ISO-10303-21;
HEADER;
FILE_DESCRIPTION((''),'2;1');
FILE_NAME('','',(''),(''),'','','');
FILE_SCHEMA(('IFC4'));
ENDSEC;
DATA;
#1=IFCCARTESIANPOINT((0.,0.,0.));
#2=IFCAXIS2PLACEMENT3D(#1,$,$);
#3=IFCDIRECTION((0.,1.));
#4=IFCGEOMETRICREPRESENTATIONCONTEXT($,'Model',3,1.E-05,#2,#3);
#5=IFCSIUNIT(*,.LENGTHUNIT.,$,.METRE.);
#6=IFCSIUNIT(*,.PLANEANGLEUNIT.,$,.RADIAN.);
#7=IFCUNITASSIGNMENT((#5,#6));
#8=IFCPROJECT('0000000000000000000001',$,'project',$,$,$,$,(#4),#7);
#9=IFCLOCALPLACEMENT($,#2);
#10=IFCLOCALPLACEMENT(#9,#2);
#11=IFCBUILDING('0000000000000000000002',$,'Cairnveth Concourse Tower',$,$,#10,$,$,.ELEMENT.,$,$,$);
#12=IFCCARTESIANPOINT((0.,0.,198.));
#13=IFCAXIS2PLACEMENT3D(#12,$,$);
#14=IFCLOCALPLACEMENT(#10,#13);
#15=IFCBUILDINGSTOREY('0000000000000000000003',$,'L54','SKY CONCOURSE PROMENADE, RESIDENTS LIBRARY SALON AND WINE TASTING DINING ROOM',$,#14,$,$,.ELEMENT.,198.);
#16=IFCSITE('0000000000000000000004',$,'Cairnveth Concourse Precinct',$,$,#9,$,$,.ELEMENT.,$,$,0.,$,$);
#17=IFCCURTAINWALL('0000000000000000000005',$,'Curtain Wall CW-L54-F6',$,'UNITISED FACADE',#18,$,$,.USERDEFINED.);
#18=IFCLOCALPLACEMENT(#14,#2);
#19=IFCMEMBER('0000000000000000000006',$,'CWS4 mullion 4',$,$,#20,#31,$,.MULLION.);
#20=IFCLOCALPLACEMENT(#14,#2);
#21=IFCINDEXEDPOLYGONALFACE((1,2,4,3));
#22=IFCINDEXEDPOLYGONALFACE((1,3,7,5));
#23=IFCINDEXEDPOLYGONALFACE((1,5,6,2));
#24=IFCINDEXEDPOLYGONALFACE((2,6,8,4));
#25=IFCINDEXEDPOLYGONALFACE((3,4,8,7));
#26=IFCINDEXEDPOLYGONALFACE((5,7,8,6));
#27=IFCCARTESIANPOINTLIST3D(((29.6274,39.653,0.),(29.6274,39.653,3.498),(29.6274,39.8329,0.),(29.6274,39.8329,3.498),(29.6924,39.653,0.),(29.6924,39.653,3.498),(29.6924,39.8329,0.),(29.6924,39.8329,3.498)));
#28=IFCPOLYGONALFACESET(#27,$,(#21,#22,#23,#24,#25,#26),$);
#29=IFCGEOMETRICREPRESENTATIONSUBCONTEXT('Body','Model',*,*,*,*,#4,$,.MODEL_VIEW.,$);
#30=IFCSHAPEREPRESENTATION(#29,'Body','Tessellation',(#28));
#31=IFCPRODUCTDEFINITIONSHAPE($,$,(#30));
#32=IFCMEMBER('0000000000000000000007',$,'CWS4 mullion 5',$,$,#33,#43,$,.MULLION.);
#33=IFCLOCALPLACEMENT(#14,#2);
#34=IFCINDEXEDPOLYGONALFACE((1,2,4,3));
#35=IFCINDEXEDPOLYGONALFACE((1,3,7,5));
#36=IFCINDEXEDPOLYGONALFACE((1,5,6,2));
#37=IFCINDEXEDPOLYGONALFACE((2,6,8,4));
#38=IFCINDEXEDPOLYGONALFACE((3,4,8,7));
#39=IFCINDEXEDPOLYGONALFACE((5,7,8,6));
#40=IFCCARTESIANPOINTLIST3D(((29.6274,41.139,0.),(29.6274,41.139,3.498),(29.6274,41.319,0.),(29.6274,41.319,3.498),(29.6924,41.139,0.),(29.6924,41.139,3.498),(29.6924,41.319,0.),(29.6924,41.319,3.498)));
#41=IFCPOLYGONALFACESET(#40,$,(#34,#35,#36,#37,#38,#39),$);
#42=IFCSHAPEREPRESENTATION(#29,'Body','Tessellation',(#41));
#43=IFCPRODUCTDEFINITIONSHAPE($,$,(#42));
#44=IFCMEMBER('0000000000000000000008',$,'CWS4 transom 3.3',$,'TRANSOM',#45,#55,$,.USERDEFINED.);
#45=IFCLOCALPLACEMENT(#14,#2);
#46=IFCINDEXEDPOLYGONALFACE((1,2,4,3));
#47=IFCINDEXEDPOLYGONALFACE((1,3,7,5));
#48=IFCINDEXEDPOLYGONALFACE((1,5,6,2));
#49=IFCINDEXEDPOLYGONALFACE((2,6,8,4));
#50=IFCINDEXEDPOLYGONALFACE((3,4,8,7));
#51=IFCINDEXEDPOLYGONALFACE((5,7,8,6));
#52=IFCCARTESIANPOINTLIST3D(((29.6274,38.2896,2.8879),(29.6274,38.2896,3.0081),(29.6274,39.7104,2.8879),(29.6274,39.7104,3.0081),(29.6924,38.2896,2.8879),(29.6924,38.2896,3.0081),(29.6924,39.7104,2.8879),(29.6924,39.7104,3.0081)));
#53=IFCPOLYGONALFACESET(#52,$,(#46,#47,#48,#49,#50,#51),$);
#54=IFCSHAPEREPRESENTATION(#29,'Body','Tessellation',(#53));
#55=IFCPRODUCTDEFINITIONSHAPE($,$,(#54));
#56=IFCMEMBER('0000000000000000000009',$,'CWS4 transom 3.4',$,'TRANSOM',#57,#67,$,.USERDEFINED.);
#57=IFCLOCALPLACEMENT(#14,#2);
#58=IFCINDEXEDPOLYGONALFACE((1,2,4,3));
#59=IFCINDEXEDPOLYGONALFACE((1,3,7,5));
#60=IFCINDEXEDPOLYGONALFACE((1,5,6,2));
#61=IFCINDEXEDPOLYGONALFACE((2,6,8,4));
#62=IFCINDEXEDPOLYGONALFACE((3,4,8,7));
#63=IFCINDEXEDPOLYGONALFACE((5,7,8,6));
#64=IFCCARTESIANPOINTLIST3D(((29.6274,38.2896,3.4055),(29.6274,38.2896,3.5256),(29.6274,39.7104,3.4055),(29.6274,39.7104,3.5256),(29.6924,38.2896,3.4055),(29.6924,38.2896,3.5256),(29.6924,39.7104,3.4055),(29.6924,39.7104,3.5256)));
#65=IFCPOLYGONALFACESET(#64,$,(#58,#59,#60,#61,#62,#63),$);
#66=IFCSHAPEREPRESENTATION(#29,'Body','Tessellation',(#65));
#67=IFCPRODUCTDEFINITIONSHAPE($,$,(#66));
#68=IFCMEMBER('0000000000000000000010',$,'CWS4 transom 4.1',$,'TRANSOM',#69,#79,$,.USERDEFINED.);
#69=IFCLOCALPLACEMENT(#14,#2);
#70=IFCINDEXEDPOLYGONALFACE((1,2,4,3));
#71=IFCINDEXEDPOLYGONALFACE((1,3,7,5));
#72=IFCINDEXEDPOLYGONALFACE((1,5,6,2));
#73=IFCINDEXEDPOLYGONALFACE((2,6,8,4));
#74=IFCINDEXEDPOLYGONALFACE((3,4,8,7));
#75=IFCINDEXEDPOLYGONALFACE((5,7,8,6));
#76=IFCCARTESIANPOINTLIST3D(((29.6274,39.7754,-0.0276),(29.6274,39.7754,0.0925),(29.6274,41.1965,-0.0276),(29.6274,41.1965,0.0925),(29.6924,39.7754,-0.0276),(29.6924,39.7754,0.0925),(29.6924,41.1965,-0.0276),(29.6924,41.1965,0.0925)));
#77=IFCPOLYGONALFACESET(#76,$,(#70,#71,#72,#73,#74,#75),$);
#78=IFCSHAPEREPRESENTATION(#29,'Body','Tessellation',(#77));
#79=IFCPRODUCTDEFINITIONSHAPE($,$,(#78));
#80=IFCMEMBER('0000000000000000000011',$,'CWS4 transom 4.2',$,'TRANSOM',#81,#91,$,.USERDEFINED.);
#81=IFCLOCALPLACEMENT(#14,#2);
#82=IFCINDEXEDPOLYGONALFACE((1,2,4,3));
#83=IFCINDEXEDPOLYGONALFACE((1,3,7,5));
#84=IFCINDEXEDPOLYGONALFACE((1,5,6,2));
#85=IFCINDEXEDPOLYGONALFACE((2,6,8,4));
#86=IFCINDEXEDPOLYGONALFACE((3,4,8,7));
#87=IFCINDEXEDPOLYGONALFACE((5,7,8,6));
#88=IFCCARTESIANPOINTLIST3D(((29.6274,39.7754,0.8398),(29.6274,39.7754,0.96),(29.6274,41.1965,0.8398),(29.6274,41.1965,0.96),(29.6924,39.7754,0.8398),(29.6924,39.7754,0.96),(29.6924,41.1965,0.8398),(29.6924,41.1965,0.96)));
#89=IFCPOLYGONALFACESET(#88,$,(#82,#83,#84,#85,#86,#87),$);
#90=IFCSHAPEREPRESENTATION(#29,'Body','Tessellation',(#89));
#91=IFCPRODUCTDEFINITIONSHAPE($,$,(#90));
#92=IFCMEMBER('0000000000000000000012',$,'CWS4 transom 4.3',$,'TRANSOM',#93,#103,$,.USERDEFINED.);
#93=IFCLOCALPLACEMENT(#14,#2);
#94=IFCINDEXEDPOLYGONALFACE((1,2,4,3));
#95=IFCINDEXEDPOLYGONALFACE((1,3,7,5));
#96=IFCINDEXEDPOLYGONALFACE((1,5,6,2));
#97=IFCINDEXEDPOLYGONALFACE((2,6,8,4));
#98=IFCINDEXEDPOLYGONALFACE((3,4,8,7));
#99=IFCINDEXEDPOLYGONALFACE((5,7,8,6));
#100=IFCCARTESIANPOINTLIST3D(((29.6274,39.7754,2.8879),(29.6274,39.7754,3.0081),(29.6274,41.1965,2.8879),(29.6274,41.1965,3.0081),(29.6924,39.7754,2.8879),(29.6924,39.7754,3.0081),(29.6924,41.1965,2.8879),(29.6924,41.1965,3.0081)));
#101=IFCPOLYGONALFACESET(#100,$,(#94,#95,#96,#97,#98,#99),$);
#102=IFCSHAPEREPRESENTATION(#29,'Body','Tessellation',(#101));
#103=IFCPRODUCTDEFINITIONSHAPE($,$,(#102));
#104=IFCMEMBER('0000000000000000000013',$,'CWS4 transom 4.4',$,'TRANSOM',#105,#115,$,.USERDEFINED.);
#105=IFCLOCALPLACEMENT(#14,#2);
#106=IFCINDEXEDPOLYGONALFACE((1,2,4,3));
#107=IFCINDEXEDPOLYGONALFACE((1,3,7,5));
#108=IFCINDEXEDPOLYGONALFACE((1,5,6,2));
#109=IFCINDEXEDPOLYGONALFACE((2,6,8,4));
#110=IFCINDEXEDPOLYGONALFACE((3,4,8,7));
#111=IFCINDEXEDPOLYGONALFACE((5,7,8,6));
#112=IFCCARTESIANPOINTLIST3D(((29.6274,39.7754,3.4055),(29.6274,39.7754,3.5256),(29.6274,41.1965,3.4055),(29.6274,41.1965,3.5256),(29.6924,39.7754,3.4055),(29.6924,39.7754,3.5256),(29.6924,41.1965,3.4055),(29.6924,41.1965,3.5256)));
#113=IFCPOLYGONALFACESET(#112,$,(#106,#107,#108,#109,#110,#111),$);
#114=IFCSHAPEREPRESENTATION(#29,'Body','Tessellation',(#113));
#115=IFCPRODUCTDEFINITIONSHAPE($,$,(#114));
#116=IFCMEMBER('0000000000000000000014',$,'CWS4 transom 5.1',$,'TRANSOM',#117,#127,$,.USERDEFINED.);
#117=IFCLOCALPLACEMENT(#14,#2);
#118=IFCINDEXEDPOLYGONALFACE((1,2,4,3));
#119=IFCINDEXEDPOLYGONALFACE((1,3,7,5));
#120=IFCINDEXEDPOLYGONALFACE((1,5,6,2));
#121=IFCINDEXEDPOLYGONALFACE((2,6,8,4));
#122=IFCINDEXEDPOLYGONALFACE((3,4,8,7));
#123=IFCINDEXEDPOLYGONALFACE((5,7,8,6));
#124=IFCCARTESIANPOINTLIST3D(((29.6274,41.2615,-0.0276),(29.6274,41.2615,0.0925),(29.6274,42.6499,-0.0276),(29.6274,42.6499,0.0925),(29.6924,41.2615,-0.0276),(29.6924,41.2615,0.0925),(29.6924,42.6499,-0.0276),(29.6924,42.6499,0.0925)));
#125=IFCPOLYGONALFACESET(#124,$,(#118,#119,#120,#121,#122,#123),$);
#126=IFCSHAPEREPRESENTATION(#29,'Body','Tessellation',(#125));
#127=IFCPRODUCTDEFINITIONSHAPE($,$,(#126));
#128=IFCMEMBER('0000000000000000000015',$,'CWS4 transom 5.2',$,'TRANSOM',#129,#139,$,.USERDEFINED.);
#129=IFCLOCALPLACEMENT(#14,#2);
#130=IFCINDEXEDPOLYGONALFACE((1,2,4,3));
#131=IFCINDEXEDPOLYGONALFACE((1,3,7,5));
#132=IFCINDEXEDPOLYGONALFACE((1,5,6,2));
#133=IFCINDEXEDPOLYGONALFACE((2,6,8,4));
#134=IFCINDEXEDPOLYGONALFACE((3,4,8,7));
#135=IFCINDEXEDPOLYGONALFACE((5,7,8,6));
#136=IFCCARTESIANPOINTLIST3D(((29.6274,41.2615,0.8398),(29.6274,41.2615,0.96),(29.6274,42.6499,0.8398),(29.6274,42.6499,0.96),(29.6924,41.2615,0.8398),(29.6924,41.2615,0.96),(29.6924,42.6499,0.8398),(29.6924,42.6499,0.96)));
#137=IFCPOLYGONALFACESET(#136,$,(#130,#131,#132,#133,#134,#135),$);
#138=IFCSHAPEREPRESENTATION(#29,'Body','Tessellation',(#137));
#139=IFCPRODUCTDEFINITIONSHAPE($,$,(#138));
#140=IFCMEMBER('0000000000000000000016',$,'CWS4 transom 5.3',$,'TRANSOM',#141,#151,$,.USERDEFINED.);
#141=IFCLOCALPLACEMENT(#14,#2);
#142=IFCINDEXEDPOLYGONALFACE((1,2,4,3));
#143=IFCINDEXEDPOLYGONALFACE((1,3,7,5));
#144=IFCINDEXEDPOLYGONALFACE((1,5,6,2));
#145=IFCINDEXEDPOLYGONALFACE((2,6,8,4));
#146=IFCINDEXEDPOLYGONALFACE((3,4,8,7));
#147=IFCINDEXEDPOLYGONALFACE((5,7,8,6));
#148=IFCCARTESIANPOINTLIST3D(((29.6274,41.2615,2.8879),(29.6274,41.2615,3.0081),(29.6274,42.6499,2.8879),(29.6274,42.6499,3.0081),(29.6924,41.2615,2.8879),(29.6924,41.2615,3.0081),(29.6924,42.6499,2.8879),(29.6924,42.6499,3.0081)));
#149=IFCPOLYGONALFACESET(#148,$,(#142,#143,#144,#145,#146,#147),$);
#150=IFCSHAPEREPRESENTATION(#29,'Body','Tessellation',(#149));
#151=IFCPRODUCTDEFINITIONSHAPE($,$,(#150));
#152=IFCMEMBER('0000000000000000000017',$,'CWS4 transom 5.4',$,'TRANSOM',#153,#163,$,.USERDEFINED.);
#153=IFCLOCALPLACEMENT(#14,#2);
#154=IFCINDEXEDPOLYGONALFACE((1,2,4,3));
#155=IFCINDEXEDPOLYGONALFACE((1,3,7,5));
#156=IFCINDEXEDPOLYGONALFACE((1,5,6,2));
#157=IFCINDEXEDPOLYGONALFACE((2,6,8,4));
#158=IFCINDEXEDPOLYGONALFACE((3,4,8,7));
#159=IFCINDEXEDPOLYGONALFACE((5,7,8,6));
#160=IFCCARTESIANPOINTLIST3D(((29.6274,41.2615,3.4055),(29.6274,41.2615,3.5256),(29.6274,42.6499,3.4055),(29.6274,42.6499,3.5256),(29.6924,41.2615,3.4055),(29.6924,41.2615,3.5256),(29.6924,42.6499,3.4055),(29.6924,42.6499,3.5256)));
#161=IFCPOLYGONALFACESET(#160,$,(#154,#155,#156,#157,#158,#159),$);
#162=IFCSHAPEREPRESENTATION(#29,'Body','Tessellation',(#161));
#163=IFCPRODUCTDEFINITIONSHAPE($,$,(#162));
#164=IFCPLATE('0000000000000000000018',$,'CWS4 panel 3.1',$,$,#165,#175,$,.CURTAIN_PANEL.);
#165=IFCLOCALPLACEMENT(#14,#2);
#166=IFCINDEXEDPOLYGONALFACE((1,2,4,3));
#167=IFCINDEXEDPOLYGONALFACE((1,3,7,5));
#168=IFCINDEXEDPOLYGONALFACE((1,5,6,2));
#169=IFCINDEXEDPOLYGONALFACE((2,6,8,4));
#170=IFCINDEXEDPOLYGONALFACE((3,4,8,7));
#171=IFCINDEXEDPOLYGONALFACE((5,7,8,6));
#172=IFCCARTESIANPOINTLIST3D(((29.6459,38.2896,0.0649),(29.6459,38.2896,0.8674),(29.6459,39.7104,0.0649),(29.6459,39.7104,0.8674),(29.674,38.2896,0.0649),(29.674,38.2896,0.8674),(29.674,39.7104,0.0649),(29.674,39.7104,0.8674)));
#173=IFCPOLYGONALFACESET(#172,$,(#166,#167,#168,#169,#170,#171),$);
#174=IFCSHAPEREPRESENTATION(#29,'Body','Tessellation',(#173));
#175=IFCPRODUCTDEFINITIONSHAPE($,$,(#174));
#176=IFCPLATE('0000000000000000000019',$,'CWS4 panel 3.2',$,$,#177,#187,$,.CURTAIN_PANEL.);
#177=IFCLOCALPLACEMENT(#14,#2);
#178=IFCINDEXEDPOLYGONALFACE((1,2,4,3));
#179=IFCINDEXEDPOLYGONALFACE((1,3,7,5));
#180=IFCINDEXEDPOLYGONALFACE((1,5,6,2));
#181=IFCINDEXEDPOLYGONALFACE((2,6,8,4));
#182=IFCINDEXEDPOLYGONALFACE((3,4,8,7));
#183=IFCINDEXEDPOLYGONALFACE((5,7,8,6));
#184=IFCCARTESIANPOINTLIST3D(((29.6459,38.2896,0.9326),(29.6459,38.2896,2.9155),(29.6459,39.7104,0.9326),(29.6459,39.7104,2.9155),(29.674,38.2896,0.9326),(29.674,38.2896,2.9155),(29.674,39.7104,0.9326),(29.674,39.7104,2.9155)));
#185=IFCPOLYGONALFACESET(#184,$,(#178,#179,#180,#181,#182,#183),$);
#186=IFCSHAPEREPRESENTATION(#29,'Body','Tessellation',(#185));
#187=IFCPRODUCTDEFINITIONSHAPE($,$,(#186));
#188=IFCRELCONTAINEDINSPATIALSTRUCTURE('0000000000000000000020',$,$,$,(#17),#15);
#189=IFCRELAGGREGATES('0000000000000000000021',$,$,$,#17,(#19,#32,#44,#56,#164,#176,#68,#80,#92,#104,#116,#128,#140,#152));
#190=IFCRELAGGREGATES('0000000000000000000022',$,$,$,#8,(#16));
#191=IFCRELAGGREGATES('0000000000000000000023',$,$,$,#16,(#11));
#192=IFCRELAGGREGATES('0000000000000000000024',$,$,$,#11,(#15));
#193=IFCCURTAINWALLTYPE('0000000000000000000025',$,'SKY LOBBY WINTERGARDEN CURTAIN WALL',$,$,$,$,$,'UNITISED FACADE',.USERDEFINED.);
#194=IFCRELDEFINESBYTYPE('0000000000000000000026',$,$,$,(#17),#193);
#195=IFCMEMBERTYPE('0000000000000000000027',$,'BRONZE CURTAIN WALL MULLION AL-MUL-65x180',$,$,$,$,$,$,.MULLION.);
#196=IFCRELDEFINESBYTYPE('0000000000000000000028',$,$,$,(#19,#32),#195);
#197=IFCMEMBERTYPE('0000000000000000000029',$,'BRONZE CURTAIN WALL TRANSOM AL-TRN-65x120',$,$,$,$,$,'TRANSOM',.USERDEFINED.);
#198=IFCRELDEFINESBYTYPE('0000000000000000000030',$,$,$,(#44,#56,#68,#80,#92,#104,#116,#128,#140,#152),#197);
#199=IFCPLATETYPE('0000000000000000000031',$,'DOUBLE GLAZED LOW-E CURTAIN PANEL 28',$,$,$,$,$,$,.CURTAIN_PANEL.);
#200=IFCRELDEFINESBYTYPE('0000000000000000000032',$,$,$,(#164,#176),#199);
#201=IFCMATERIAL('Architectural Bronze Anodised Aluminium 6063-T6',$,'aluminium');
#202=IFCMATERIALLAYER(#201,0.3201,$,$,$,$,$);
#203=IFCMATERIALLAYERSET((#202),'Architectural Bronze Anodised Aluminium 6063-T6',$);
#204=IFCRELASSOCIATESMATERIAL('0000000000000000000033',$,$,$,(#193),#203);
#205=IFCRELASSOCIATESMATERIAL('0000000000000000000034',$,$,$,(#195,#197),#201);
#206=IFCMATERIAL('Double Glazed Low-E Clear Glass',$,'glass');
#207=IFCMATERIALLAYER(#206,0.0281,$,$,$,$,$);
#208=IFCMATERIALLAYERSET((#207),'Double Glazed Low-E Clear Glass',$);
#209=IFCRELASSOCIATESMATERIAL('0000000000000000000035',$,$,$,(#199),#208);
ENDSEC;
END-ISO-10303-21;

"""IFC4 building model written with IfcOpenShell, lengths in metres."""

from ifc_helpers import new_model, si_unit, direction, frame, origin, origin_2d, place, context, subcontext, project, spatial, rectangle, extrude, material, layer, layer_set, material_profile, profile_set, type_object, element, aggregate, save


model = new_model("IFC4")

# Units and contexts
model_context = context("Model", 3, precision=1e-05, world=origin(), true_north=direction((0.0, 1.0)))
body_context = subcontext(model_context, "Body", "Model", "MODEL_VIEW")
ifc_project = project(units=[si_unit("LENGTHUNIT", "METRE"), si_unit("PLANEANGLEUNIT", "RADIAN")], contexts=[model_context])

# Site, building, storey
site_placement = place(None, origin())
site = spatial("IfcSite", under=ifc_project, at=site_placement, Name="Cairnveth Concourse Precinct", CompositionType="ELEMENT", RefElevation=0.0)
building_placement = place(site_placement, origin())
building = spatial("IfcBuilding", under=site, at=building_placement, Name="Cairnveth Concourse Tower", CompositionType="ELEMENT")
storey_placement = place(building_placement, frame((0.0, 0.0, 198.0)))
storey = spatial("IfcBuildingStorey", under=building, at=storey_placement, Name="L54", Description="SKY CONCOURSE PROMENADE, RESIDENTS LIBRARY SALON AND WINE TASTING DINING ROOM", CompositionType="ELEMENT", Elevation=198.0)

# Curtain wall, members, plates
ifc_material_1 = material(Name="Architectural Bronze Anodised Aluminium 6063-T6", Category="aluminium")
ifc_layer_1 = layer(ifc_material_1, 0.3201)
ifc_layer_set_1 = layer_set([ifc_layer_1], Name="Architectural Bronze Anodised Aluminium 6063-T6")
curtain_wall_type = type_object("IfcCurtainWallType", Name="SKY LOBBY WINTERGARDEN CURTAIN WALL", ElementType="UNITISED FACADE", PredefinedType="USERDEFINED", material=ifc_layer_set_1)
curtain_wall_placement = place(storey_placement, origin())
curtain_wall = element("IfcCurtainWall", 1, at=curtain_wall_placement, inside=storey, type_object=curtain_wall_type, Name="Curtain Wall CW-L54-F6", ObjectType="UNITISED FACADE", PredefinedType="USERDEFINED")
ifc_material_profile_1 = material_profile(ifc_material_1, rectangle(XDim=0.0649, YDim=0.1799, at=origin_2d()), Name="AL-MUL-65x180")
ifc_profile_set_1 = profile_set([ifc_material_profile_1], Name="Architectural Bronze Anodised Aluminium 6063-T6")
member_type_1 = type_object("IfcMemberType", Name="BRONZE CURTAIN WALL MULLION AL-MUL-65x180", PredefinedType="MULLION", material=ifc_profile_set_1)
member_1_placement = place(storey_placement, frame((29.6599, 39.7429, 0.0), z_axis=(0.0, 0.0, 1.0), x_axis=(-1.0, 0.0, 0.0)))
member_1 = element("IfcMember", 2, at=member_1_placement, type_object=member_type_1, Name="CWS4 mullion 4", PredefinedType="MULLION", context=body_context, shape_type="SweptSolid", body=[
    extrude(rectangle(XDim=0.0649, YDim=0.1799, at=origin_2d()), origin(), (0.0, 0.0, 1.0), 3.498),
])
member_2_placement = place(storey_placement, frame((29.6599, 41.229, 0.0), z_axis=(0.0, 0.0, 1.0), x_axis=(-1.0, 0.0, 0.0)))
member_2 = element("IfcMember", 3, at=member_2_placement, type_object=member_type_1, Name="CWS4 mullion 5", PredefinedType="MULLION", context=body_context, shape_type="SweptSolid", body=[
    extrude(rectangle(XDim=0.0649, YDim=0.1799, at=origin_2d()), origin(), (0.0, 0.0, 1.0), 3.498),
])
ifc_material_profile_2 = material_profile(ifc_material_1, rectangle(XDim=0.0649, YDim=0.1201, at=origin_2d()), Name="AL-TRN-65x120")
ifc_profile_set_2 = profile_set([ifc_material_profile_2], Name="Architectural Bronze Anodised Aluminium 6063-T6")
member_type_2 = type_object("IfcMemberType", Name="BRONZE CURTAIN WALL TRANSOM AL-TRN-65x120", ElementType="TRANSOM", PredefinedType="USERDEFINED", material=ifc_profile_set_2)
member_3_placement = place(storey_placement, frame((29.6599, 38.2896, 2.948), z_axis=(0.0, 1.0, 0.0), x_axis=(-1.0, 0.0, 0.0)))
member_3 = element("IfcMember", 4, at=member_3_placement, type_object=member_type_2, Name="CWS4 transom 3.3", ObjectType="TRANSOM", PredefinedType="USERDEFINED", context=body_context, shape_type="SweptSolid", body=[
    extrude(rectangle(XDim=0.0649, YDim=0.1201, at=origin_2d()), origin(), (0.0, 0.0, 1.0), 1.4209),
])
member_4_placement = place(storey_placement, frame((29.6599, 38.2896, 3.4656), z_axis=(0.0, 1.0, 0.0), x_axis=(-1.0, 0.0, 0.0)))
member_4 = element("IfcMember", 5, at=member_4_placement, type_object=member_type_2, Name="CWS4 transom 3.4", ObjectType="TRANSOM", PredefinedType="USERDEFINED", context=body_context, shape_type="SweptSolid", body=[
    extrude(rectangle(XDim=0.0649, YDim=0.1201, at=origin_2d()), origin(), (0.0, 0.0, 1.0), 1.4209),
])
member_5_placement = place(storey_placement, frame((29.6599, 39.7754, 0.0325), z_axis=(0.0, 1.0, 0.0), x_axis=(-1.0, 0.0, 0.0)))
member_5 = element("IfcMember", 6, at=member_5_placement, type_object=member_type_2, Name="CWS4 transom 4.1", ObjectType="TRANSOM", PredefinedType="USERDEFINED", context=body_context, shape_type="SweptSolid", body=[
    extrude(rectangle(XDim=0.0649, YDim=0.1201, at=origin_2d()), origin(), (0.0, 0.0, 1.0), 1.4211),
])
member_6_placement = place(storey_placement, frame((29.6599, 39.7754, 0.8999), z_axis=(0.0, 1.0, 0.0), x_axis=(-1.0, 0.0, 0.0)))
member_6 = element("IfcMember", 7, at=member_6_placement, type_object=member_type_2, Name="CWS4 transom 4.2", ObjectType="TRANSOM", PredefinedType="USERDEFINED", context=body_context, shape_type="SweptSolid", body=[
    extrude(rectangle(XDim=0.0649, YDim=0.1201, at=origin_2d()), origin(), (0.0, 0.0, 1.0), 1.4211),
])
member_7_placement = place(storey_placement, frame((29.6599, 39.7754, 2.948), z_axis=(0.0, 1.0, 0.0), x_axis=(-1.0, 0.0, 0.0)))
member_7 = element("IfcMember", 8, at=member_7_placement, type_object=member_type_2, Name="CWS4 transom 4.3", ObjectType="TRANSOM", PredefinedType="USERDEFINED", context=body_context, shape_type="SweptSolid", body=[
    extrude(rectangle(XDim=0.0649, YDim=0.1201, at=origin_2d()), origin(), (0.0, 0.0, 1.0), 1.4211),
])
member_8_placement = place(storey_placement, frame((29.6599, 39.7754, 3.4656), z_axis=(0.0, 1.0, 0.0), x_axis=(-1.0, 0.0, 0.0)))
member_8 = element("IfcMember", 9, at=member_8_placement, type_object=member_type_2, Name="CWS4 transom 4.4", ObjectType="TRANSOM", PredefinedType="USERDEFINED", context=body_context, shape_type="SweptSolid", body=[
    extrude(rectangle(XDim=0.0649, YDim=0.1201, at=origin_2d()), origin(), (0.0, 0.0, 1.0), 1.4211),
])
member_9_placement = place(storey_placement, frame((29.6599, 41.2615, 0.0325), z_axis=(0.0, 1.0, 0.0), x_axis=(-1.0, 0.0, 0.0)))
member_9 = element("IfcMember", 10, at=member_9_placement, type_object=member_type_2, Name="CWS4 transom 5.1", ObjectType="TRANSOM", PredefinedType="USERDEFINED", context=body_context, shape_type="SweptSolid", body=[
    extrude(rectangle(XDim=0.0649, YDim=0.1201, at=origin_2d()), origin(), (0.0, 0.0, 1.0), 1.3884),
])
member_10_placement = place(storey_placement, frame((29.6599, 41.2615, 0.8999), z_axis=(0.0, 1.0, 0.0), x_axis=(-1.0, 0.0, 0.0)))
member_10 = element("IfcMember", 11, at=member_10_placement, type_object=member_type_2, Name="CWS4 transom 5.2", ObjectType="TRANSOM", PredefinedType="USERDEFINED", context=body_context, shape_type="SweptSolid", body=[
    extrude(rectangle(XDim=0.0649, YDim=0.1201, at=origin_2d()), origin(), (0.0, 0.0, 1.0), 1.3884),
])
member_11_placement = place(storey_placement, frame((29.6599, 41.2615, 2.948), z_axis=(0.0, 1.0, 0.0), x_axis=(-1.0, 0.0, 0.0)))
member_11 = element("IfcMember", 12, at=member_11_placement, type_object=member_type_2, Name="CWS4 transom 5.3", ObjectType="TRANSOM", PredefinedType="USERDEFINED", context=body_context, shape_type="SweptSolid", body=[
    extrude(rectangle(XDim=0.0649, YDim=0.1201, at=origin_2d()), origin(), (0.0, 0.0, 1.0), 1.3884),
])
member_12_placement = place(storey_placement, frame((29.6599, 41.2615, 3.4656), z_axis=(0.0, 1.0, 0.0), x_axis=(-1.0, 0.0, 0.0)))
member_12 = element("IfcMember", 13, at=member_12_placement, type_object=member_type_2, Name="CWS4 transom 5.4", ObjectType="TRANSOM", PredefinedType="USERDEFINED", context=body_context, shape_type="SweptSolid", body=[
    extrude(rectangle(XDim=0.0649, YDim=0.1201, at=origin_2d()), origin(), (0.0, 0.0, 1.0), 1.3884),
])
ifc_material_2 = material(Name="Double Glazed Low-E Clear Glass", Category="glass")
ifc_layer_2 = layer(ifc_material_2, 0.0281)
ifc_layer_set_2 = layer_set([ifc_layer_2], Name="Double Glazed Low-E Clear Glass")
plate_type = type_object("IfcPlateType", Name="DOUBLE GLAZED LOW-E CURTAIN PANEL 28", PredefinedType="CURTAIN_PANEL", material=ifc_layer_set_2)
plate_1_placement = place(storey_placement, frame((29.6599, 39.0, 0.0649), z_axis=(0.0, 0.0, 1.0), x_axis=(0.0, 1.0, 0.0)))
plate_1 = element("IfcPlate", 14, at=plate_1_placement, type_object=plate_type, Name="CWS4 panel 3.1", PredefinedType="CURTAIN_PANEL", context=body_context, shape_type="SweptSolid", body=[
    extrude(rectangle(XDim=1.4209, YDim=0.0281, at=origin_2d()), origin(), (0.0, 0.0, 1.0), 0.8025),
])
plate_2_placement = place(storey_placement, frame((29.6599, 39.0, 0.9326), z_axis=(0.0, 0.0, 1.0), x_axis=(0.0, 1.0, 0.0)))
plate_2 = element("IfcPlate", 15, at=plate_2_placement, type_object=plate_type, Name="CWS4 panel 3.2", PredefinedType="CURTAIN_PANEL", context=body_context, shape_type="SweptSolid", body=[
    extrude(rectangle(XDim=1.4209, YDim=0.0281, at=origin_2d()), origin(), (0.0, 0.0, 1.0), 1.9829),
])
aggregate(curtain_wall, [member_1, member_2, member_3, member_4, plate_1, plate_2, member_5, member_6, member_7, member_8, member_9, member_10, member_11, member_12])

save(model, "model.ifc")
